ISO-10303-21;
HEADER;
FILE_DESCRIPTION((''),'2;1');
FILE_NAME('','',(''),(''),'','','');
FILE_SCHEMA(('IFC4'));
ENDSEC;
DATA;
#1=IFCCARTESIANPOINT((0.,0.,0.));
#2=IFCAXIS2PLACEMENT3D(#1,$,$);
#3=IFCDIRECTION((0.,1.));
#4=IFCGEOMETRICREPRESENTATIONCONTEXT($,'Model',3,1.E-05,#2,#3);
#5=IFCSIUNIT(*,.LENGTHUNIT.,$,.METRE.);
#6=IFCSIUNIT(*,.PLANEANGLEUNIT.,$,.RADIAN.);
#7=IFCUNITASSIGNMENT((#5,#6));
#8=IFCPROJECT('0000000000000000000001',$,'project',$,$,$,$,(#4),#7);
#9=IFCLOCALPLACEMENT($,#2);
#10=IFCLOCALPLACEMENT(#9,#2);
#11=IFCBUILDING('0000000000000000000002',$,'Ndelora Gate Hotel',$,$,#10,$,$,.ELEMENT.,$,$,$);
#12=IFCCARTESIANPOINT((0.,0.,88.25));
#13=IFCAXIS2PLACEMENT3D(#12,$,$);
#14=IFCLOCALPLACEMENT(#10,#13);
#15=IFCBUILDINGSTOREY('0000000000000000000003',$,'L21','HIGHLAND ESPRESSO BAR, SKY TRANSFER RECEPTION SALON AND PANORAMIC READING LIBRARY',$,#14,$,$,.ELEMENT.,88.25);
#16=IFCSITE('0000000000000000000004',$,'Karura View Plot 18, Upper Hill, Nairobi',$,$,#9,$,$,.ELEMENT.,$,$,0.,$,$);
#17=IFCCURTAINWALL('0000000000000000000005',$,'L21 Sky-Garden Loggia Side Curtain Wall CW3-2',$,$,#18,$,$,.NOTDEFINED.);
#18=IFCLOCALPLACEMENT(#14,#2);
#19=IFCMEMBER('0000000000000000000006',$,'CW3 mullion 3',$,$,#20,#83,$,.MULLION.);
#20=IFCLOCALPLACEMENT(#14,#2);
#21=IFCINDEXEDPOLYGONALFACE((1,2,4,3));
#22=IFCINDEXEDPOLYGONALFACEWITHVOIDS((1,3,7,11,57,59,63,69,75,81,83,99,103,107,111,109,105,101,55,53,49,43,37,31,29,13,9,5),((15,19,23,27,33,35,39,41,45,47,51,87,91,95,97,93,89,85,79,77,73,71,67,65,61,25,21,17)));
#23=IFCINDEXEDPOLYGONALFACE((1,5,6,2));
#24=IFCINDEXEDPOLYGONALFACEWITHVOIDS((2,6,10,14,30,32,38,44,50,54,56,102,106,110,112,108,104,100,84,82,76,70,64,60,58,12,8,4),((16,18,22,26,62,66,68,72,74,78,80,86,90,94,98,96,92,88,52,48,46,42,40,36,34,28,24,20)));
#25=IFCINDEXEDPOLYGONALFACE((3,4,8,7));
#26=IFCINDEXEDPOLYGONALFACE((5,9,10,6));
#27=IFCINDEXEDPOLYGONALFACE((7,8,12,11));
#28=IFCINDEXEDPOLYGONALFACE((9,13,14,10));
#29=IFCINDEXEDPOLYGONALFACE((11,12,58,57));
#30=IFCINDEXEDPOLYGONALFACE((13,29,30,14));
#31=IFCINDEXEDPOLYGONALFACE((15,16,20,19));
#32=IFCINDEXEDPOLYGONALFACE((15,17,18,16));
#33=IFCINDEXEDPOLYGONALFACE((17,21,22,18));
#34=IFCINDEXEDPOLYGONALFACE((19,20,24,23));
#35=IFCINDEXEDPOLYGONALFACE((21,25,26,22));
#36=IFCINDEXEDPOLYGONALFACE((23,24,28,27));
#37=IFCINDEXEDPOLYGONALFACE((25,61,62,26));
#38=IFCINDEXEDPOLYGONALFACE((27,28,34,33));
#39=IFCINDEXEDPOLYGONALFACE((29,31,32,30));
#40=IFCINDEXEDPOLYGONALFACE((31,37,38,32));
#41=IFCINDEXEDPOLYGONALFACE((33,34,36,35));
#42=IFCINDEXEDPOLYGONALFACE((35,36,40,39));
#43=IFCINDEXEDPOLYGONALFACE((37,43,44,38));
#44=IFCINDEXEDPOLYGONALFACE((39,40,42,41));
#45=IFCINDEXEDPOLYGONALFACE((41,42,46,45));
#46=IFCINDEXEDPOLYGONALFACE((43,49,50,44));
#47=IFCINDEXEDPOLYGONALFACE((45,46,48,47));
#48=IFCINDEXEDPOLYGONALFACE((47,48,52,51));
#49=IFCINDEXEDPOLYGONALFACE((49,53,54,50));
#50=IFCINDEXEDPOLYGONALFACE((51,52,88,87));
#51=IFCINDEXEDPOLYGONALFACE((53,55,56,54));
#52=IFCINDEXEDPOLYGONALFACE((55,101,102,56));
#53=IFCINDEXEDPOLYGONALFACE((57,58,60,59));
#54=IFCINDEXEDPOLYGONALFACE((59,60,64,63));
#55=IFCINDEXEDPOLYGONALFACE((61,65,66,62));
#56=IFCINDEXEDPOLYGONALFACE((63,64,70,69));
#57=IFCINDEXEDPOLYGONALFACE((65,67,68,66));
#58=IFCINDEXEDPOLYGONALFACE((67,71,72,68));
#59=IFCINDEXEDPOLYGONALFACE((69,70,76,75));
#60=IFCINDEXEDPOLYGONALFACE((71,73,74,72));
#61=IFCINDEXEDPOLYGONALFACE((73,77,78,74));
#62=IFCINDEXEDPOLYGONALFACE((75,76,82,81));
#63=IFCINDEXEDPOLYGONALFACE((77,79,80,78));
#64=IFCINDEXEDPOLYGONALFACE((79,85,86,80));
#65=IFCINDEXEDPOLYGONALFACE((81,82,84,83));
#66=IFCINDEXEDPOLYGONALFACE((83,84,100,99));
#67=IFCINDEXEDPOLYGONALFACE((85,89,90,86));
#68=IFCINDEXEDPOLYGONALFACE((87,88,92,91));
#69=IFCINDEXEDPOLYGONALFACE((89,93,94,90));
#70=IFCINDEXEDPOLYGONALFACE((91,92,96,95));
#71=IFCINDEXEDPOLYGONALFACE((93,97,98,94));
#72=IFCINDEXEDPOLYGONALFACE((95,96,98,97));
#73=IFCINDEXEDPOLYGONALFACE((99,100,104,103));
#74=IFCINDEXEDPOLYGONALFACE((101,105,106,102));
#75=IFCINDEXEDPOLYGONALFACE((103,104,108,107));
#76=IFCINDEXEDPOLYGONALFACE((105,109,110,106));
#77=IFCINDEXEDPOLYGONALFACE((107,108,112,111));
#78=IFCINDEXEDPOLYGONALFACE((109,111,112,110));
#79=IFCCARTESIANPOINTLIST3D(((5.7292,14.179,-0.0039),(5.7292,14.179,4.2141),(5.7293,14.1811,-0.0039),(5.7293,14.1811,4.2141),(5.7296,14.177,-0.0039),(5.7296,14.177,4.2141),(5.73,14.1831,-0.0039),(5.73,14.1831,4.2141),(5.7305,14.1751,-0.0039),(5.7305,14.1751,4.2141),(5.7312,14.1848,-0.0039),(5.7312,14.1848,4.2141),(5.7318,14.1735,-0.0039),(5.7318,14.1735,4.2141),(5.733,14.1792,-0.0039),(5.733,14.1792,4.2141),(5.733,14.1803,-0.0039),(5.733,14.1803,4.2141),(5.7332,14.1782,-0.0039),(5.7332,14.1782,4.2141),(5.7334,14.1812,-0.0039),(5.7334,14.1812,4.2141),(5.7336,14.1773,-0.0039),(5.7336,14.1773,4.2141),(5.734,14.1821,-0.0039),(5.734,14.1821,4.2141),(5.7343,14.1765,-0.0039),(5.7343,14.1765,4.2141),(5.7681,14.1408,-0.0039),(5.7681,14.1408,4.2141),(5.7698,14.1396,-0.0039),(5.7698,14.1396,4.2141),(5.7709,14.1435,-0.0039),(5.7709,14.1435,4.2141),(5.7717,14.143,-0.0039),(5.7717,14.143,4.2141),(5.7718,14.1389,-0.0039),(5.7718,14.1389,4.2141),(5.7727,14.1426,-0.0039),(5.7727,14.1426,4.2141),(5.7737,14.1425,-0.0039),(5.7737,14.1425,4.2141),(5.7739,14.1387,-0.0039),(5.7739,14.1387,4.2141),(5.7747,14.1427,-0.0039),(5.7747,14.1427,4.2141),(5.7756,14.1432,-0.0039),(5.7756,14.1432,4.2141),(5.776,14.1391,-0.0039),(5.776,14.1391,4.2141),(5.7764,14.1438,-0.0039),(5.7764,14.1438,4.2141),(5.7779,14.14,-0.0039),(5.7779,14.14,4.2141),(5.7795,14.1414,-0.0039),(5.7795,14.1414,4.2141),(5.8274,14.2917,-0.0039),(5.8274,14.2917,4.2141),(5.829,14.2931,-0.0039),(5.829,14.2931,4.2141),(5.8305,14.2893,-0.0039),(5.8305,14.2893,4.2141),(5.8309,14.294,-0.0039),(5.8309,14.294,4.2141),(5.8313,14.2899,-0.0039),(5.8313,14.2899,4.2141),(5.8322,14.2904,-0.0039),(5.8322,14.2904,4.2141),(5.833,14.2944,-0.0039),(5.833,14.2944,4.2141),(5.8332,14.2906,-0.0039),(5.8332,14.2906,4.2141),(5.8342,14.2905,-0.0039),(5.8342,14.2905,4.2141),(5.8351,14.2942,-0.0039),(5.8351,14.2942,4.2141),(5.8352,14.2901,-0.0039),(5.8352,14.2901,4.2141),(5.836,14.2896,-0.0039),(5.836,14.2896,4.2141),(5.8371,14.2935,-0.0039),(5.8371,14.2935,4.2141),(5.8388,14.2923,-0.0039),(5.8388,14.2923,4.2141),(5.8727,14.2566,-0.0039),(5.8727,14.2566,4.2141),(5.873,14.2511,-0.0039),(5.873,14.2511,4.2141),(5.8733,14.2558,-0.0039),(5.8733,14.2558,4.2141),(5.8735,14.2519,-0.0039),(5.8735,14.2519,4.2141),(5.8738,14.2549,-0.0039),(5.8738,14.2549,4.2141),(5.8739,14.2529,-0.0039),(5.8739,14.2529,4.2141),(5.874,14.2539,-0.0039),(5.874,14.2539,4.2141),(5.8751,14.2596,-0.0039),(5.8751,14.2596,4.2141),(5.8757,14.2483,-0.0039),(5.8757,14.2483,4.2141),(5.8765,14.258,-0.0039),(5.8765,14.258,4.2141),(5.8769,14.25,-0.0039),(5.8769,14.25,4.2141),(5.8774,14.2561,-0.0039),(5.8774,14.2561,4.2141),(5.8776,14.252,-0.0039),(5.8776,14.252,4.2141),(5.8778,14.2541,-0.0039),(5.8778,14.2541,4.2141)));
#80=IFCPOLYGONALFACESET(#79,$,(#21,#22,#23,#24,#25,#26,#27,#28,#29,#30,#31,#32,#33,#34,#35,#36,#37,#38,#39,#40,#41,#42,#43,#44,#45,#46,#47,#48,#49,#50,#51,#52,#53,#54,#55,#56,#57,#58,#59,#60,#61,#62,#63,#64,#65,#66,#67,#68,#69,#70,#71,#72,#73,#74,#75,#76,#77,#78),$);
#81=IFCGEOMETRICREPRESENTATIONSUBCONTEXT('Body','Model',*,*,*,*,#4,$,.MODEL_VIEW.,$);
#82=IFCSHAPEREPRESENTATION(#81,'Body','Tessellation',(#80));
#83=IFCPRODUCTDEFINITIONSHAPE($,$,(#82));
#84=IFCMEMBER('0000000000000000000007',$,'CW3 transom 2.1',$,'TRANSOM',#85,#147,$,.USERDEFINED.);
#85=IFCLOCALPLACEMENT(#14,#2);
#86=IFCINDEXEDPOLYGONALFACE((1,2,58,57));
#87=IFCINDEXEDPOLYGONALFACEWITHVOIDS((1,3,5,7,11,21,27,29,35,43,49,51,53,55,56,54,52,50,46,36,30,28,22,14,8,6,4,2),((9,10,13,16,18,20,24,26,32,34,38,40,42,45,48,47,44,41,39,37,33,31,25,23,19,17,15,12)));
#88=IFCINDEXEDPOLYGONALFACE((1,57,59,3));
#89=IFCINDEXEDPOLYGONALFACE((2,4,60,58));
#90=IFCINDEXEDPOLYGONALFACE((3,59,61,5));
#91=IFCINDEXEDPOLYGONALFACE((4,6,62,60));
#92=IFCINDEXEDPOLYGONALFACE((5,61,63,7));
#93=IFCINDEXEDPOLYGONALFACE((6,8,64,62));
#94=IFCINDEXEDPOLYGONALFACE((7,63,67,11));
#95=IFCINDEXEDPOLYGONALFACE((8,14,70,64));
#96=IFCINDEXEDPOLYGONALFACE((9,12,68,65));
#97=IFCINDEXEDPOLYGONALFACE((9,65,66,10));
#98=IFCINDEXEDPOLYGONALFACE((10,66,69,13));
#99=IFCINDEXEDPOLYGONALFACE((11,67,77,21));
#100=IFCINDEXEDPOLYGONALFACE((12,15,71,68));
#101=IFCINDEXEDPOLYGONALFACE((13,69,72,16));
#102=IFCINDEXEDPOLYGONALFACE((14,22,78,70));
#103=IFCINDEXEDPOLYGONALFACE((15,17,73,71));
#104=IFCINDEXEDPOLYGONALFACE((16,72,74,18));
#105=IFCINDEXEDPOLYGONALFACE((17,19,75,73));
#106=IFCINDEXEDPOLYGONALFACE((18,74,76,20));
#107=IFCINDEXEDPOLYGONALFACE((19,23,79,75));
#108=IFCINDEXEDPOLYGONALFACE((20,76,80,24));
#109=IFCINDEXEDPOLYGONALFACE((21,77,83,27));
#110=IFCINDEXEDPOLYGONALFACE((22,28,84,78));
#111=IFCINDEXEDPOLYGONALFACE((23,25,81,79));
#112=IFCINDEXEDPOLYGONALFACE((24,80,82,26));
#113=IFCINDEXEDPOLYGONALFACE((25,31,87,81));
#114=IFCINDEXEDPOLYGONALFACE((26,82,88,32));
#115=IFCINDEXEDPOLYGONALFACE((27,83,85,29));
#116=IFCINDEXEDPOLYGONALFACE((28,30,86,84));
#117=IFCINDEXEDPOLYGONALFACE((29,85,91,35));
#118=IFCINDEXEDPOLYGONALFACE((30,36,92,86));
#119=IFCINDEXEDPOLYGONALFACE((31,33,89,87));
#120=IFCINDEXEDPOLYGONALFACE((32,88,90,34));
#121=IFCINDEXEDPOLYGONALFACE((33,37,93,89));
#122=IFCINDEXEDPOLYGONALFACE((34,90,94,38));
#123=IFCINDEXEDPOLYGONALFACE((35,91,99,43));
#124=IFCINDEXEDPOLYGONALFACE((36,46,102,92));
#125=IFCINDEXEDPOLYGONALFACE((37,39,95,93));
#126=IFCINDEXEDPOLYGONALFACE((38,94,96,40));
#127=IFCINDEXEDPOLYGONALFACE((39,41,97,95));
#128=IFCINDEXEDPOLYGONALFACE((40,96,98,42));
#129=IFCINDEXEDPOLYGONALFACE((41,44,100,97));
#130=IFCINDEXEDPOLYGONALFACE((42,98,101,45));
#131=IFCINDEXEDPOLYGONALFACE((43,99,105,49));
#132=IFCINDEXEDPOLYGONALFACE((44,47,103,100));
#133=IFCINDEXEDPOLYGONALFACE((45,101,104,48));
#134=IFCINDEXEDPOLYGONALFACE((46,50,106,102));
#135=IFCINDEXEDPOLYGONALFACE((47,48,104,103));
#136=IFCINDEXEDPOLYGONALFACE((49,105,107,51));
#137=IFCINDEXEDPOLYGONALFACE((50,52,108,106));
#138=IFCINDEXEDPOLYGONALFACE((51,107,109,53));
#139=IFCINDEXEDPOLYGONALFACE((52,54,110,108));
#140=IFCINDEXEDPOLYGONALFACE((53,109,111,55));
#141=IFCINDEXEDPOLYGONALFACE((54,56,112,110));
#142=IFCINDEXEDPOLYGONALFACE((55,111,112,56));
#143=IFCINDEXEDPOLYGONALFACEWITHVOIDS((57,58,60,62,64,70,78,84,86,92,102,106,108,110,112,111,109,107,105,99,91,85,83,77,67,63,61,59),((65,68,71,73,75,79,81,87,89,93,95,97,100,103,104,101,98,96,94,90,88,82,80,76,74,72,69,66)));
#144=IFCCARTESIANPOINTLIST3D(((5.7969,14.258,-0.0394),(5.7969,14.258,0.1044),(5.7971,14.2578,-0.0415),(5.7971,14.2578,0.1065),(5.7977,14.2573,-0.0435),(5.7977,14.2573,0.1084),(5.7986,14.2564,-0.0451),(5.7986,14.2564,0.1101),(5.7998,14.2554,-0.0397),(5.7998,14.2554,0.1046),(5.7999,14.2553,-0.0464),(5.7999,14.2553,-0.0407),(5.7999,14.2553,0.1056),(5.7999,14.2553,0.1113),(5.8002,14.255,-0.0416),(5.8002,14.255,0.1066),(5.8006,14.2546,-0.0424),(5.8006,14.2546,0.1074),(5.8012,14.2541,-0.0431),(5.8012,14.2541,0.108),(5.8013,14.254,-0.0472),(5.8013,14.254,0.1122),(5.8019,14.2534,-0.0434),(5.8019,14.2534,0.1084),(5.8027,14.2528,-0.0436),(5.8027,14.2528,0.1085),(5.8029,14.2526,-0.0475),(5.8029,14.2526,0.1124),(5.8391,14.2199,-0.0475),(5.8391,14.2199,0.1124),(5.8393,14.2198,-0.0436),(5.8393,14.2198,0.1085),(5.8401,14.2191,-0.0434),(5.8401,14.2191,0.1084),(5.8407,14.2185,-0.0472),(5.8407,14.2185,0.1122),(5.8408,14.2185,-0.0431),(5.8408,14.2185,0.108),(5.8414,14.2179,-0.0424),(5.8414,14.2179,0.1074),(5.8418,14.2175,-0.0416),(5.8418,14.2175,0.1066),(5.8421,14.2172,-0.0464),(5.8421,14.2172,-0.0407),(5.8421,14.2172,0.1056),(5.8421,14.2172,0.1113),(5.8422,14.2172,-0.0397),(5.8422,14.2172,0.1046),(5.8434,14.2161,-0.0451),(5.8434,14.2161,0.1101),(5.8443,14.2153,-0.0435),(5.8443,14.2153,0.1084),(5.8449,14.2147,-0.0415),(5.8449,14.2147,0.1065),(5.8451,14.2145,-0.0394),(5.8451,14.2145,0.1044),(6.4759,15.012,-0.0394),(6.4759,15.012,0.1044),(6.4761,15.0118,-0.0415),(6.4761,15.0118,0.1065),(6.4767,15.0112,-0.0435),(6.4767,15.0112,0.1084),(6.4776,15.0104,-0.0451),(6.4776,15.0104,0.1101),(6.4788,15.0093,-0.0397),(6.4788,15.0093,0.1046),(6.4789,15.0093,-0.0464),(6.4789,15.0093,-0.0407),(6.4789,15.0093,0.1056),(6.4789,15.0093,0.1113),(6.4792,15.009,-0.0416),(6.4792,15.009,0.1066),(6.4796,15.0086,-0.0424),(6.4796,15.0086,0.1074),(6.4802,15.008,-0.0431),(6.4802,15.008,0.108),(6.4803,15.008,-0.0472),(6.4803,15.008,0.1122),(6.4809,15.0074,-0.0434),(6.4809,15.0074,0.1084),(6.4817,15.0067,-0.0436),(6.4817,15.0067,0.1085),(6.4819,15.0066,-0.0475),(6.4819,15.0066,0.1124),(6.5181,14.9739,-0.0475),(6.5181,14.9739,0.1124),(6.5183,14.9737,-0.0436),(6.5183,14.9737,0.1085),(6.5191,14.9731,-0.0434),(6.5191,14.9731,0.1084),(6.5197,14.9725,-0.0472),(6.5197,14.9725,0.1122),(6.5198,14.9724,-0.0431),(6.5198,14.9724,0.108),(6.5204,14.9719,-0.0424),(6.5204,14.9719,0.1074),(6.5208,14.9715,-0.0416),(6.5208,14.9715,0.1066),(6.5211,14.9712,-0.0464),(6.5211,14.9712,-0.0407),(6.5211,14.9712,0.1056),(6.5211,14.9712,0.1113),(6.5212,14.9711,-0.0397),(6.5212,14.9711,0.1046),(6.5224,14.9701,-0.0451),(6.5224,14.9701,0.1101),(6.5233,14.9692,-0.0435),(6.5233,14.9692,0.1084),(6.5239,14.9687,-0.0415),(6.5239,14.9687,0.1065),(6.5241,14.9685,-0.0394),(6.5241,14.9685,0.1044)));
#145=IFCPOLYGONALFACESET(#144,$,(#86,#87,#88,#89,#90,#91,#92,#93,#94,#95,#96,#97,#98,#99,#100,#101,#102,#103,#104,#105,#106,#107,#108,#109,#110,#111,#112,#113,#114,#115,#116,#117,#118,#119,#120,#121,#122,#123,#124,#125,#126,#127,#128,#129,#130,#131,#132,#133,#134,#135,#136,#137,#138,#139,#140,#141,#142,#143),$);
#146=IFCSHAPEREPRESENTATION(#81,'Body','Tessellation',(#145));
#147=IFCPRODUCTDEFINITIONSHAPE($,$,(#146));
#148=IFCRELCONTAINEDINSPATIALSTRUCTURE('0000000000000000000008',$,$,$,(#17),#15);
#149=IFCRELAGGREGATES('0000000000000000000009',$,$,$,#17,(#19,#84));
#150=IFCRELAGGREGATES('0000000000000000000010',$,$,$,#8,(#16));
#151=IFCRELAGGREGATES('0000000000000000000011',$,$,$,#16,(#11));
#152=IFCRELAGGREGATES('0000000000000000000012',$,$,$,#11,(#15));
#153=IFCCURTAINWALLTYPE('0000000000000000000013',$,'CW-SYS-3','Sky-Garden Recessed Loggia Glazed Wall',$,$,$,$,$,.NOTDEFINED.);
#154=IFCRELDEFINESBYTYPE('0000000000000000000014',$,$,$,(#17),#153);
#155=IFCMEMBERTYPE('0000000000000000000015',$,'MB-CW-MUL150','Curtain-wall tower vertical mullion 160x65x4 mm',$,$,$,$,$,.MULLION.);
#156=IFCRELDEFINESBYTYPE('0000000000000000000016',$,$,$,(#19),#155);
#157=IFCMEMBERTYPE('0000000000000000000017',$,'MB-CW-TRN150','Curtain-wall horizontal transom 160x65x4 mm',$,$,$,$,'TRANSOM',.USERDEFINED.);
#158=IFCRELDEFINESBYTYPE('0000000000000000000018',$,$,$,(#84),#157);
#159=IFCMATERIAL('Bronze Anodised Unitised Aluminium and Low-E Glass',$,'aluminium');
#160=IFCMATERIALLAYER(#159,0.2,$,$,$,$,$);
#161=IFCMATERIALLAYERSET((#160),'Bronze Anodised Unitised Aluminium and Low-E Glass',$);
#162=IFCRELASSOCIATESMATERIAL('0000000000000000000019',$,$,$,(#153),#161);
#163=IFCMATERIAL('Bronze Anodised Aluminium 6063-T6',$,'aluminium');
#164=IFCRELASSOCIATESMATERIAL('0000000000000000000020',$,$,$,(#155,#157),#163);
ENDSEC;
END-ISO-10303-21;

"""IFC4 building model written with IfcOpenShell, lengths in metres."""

from ifc_helpers import new_model, si_unit, direction, frame, origin, origin_2d, place, context, subcontext, project, spatial, hollow_rectangle, extrude, material, layer, layer_set, material_profile, profile_set, type_object, element, aggregate, save


model = new_model("IFC4")

# Units and contexts
model_context = context("Model", 3, precision=1e-05, world=origin(), true_north=direction((0.0, 1.0)))
body_context = subcontext(model_context, "Body", "Model", "MODEL_VIEW")
ifc_project = project(units=[si_unit("LENGTHUNIT", "METRE"), si_unit("PLANEANGLEUNIT", "RADIAN")], contexts=[model_context])

# Site, building, storey
site_placement = place(None, origin())
site = spatial("IfcSite", under=ifc_project, at=site_placement, Name="Karura View Plot 18, Upper Hill, Nairobi", CompositionType="ELEMENT", RefElevation=0.0)
building_placement = place(site_placement, origin())
building = spatial("IfcBuilding", under=site, at=building_placement, Name="Ndelora Gate Hotel", CompositionType="ELEMENT")
storey_placement = place(building_placement, frame((0.0, 0.0, 88.25)))
storey = spatial("IfcBuildingStorey", under=building, at=storey_placement, Name="L21", Description="HIGHLAND ESPRESSO BAR, SKY TRANSFER RECEPTION SALON AND PANORAMIC READING LIBRARY", CompositionType="ELEMENT", Elevation=88.25)

# Curtain wall, members
ifc_material_1 = material(Name="Bronze Anodised Unitised Aluminium and Low-E Glass", Category="aluminium")
ifc_layer_1 = layer(ifc_material_1, 0.2)
ifc_layer_set_1 = layer_set([ifc_layer_1], Name="Bronze Anodised Unitised Aluminium and Low-E Glass")
curtain_wall_type = type_object("IfcCurtainWallType", Name="CW-SYS-3", Description="Sky-Garden Recessed Loggia Glazed Wall", PredefinedType="NOTDEFINED", material=ifc_layer_set_1)
curtain_wall_placement = place(storey_placement, origin())
curtain_wall = element("IfcCurtainWall", 1, at=curtain_wall_placement, inside=storey, type_object=curtain_wall_type, Name="L21 Sky-Garden Loggia Side Curtain Wall CW3-2", PredefinedType="NOTDEFINED")
ifc_material_2 = material(Name="Bronze Anodised Aluminium 6063-T6", Category="aluminium")
ifc_material_profile_1 = material_profile(ifc_material_2, hollow_rectangle(XDim=0.0649, YDim=0.1599, WallThickness=0.0039, InnerFilletRadius=0.0039, OuterFilletRadius=0.0081, at=origin_2d()), Name="ALU 160x65x4")
ifc_profile_set_1 = profile_set([ifc_material_profile_1], Name="Bronze Anodised Aluminium 6063-T6")
member_type_1 = type_object("IfcMemberType", Name="MB-CW-MUL150", Description="Curtain-wall tower vertical mullion 160x65x4 mm", PredefinedType="MULLION", material=ifc_profile_set_1)
member_1_placement = place(storey_placement, frame((5.8035, 14.2166, -0.0039), z_axis=(0.0, 0.0, 1.0), x_axis=(0.743138, -0.669138, 0.0)))
member_1 = element("IfcMember", 2, at=member_1_placement, type_object=member_type_1, Name="CW3 mullion 3", PredefinedType="MULLION", context=body_context, shape_type="SweptSolid", body=[
    extrude(hollow_rectangle(XDim=0.0649, YDim=0.1599, WallThickness=0.0039, InnerFilletRadius=0.0039, OuterFilletRadius=0.0081, at=origin_2d()), origin(), (0.0, 0.0, 1.0), 4.218),
])
ifc_material_profile_2 = material_profile(ifc_material_2, hollow_rectangle(XDim=0.0649, YDim=0.1599, WallThickness=0.0039, InnerFilletRadius=0.0039, OuterFilletRadius=0.0081, at=origin_2d()), Name="ALU 160x65x4")
ifc_profile_set_2 = profile_set([ifc_material_profile_2], Name="Bronze Anodised Aluminium 6063-T6")
member_type_2 = type_object("IfcMemberType", Name="MB-CW-TRN150", Description="Curtain-wall horizontal transom 160x65x4 mm", ElementType="TRANSOM", PredefinedType="USERDEFINED", material=ifc_profile_set_2)
member_2_placement = place(storey_placement, frame((6.5, 14.9902, 0.0325), z_axis=(-0.669204, -0.743079, 0.0), x_axis=(0.743079, -0.669204, 0.0)))
member_2 = element("IfcMember", 3, at=member_2_placement, type_object=member_type_2, Name="CW3 transom 2.1", ObjectType="TRANSOM", PredefinedType="USERDEFINED", context=body_context, shape_type="SweptSolid", body=[
    extrude(hollow_rectangle(XDim=0.0649, YDim=0.1599, WallThickness=0.0039, InnerFilletRadius=0.0039, OuterFilletRadius=0.0081, at=origin_2d()), origin(), (0.0, 0.0, 1.0), 1.0146),
])
aggregate(curtain_wall, [member_1, member_2])

save(model, "model.ifc")
